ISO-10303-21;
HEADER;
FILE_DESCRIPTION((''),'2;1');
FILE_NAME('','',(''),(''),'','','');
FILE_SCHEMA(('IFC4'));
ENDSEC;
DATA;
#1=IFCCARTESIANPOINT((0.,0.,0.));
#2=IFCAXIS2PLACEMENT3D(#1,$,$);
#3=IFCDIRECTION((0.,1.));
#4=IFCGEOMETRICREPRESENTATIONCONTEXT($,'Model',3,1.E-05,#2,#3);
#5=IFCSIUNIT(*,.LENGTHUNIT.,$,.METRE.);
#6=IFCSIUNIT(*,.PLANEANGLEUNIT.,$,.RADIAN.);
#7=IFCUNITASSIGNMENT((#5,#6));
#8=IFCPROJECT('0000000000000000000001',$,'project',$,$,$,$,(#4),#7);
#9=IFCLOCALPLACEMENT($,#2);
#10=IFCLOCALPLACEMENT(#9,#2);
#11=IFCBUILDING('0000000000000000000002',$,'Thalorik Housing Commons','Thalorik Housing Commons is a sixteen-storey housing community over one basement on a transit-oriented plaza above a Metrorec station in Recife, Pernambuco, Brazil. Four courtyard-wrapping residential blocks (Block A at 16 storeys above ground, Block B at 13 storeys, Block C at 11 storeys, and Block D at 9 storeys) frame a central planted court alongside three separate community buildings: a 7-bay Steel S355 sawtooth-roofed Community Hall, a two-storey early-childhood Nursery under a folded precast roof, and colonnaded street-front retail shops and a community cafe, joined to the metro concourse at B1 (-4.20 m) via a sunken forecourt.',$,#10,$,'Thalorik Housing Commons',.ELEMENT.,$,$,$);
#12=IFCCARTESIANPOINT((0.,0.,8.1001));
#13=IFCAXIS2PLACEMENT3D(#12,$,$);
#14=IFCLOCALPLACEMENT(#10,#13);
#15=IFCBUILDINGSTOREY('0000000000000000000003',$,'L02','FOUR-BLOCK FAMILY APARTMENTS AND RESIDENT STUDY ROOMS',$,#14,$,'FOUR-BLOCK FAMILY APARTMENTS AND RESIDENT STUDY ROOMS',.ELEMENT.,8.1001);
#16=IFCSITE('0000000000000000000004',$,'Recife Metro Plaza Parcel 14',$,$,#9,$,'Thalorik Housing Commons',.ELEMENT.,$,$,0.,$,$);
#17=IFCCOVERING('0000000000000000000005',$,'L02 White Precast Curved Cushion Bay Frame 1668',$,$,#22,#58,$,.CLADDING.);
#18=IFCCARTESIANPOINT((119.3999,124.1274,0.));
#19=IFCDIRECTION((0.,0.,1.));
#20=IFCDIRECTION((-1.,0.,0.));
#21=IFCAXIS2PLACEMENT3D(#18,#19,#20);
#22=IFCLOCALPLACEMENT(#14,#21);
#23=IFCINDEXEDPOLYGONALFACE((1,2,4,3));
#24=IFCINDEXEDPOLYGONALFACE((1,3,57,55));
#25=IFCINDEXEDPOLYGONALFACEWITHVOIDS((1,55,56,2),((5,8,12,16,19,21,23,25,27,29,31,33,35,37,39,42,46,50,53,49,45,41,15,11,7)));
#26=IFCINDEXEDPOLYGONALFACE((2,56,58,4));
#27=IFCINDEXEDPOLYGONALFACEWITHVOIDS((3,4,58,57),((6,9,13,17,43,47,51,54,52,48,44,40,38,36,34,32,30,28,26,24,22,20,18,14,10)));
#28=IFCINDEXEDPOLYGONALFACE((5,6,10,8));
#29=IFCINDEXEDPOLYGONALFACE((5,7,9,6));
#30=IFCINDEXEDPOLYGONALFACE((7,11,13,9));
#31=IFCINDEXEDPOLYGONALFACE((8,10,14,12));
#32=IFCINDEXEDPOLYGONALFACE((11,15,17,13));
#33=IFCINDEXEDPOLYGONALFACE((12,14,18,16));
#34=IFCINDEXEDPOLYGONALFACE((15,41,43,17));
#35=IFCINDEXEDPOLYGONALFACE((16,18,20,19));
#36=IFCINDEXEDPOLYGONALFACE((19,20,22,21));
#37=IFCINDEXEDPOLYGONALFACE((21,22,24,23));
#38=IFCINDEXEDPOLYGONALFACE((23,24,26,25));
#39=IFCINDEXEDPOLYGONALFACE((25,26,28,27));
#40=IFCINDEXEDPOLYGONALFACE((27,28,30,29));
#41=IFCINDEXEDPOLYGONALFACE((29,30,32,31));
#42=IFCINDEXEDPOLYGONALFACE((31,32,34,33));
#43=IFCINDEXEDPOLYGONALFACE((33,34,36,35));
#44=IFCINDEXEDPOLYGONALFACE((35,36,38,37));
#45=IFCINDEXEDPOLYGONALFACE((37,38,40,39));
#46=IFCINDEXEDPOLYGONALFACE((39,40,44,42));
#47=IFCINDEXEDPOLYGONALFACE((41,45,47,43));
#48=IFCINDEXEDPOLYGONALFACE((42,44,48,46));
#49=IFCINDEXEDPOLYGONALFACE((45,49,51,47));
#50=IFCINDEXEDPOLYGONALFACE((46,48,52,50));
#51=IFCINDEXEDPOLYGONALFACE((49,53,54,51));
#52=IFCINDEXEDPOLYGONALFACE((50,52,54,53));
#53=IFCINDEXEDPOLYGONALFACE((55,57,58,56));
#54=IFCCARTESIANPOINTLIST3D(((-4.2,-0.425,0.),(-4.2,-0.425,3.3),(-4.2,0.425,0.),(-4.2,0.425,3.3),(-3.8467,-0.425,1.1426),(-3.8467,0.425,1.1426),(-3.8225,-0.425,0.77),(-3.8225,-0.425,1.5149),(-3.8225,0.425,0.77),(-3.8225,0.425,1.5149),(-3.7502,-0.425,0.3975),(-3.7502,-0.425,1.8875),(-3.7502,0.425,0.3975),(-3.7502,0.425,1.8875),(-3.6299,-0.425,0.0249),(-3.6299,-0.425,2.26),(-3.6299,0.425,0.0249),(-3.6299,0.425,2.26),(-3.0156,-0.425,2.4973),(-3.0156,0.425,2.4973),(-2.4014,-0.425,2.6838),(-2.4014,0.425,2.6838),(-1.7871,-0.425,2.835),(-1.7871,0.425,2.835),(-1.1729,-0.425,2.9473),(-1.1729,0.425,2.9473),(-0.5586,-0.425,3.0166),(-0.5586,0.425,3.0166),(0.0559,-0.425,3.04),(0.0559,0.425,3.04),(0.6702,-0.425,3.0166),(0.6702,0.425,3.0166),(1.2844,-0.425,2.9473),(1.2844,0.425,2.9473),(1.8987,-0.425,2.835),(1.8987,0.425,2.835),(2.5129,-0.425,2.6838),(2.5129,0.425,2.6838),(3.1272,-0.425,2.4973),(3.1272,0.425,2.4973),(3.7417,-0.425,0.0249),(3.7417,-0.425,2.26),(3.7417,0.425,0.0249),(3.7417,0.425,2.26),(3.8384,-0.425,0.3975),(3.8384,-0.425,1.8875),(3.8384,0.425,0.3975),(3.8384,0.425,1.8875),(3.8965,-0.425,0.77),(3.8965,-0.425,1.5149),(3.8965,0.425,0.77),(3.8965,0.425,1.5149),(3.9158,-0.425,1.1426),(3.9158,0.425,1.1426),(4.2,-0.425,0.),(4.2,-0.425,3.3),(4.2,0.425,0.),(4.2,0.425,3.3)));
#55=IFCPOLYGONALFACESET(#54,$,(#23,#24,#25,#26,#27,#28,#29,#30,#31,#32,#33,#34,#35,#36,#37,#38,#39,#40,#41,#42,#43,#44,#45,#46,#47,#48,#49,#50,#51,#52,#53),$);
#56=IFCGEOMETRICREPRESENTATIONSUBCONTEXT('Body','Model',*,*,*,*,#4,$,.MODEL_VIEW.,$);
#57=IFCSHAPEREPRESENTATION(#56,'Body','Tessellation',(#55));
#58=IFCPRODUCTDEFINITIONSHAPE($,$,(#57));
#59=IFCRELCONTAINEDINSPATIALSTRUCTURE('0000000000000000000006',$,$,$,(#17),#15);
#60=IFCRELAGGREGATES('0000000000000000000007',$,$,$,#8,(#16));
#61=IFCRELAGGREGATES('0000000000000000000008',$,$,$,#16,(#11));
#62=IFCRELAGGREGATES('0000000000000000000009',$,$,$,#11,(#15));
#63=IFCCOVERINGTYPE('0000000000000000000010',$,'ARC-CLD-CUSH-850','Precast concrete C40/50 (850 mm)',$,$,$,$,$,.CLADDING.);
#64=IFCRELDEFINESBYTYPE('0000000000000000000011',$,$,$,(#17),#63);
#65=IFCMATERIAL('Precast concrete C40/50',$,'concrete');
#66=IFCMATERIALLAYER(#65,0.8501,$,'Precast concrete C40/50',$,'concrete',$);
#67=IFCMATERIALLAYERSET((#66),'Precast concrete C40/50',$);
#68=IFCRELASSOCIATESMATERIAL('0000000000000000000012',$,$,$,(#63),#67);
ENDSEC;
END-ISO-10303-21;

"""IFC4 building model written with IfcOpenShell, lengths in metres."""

from ifc_helpers import new_model, si_unit, direction, frame, origin, place, context, subcontext, project, spatial, polyline, outline, extrude, material, layer, layer_set, type_object, element, save


model = new_model("IFC4")

# Units and contexts
model_context = context("Model", 3, precision=1e-05, world=origin(), true_north=direction((0.0, 1.0)))
body_context = subcontext(model_context, "Body", "Model", "MODEL_VIEW")
ifc_project = project(units=[si_unit("LENGTHUNIT", "METRE"), si_unit("PLANEANGLEUNIT", "RADIAN")], contexts=[model_context])

# Site, building, storey
site_placement = place(None, origin())
site = spatial("IfcSite", under=ifc_project, at=site_placement, Name="Recife Metro Plaza Parcel 14", LongName="Thalorik Housing Commons", CompositionType="ELEMENT", RefElevation=0.0)
building_placement = place(site_placement, origin())
building = spatial("IfcBuilding", under=site, at=building_placement, Name="Thalorik Housing Commons", Description="Thalorik Housing Commons is a sixteen-storey housing community over one basement on a transit-oriented plaza above a Metrorec station in Recife, Pernambuco, Brazil. Four courtyard-wrapping residential blocks (Block A at 16 storeys above ground, Block B at 13 storeys, Block C at 11 storeys, and Block D at 9 storeys) frame a central planted court alongside three separate community buildings: a 7-bay Steel S355 sawtooth-roofed Community Hall, a two-storey early-childhood Nursery under a folded precast roof, and colonnaded street-front retail shops and a community cafe, joined to the metro concourse at B1 (-4.20 m) via a sunken forecourt.", LongName="Thalorik Housing Commons", CompositionType="ELEMENT")
storey_placement = place(building_placement, frame((0.0, 0.0, 8.1001)))
storey = spatial("IfcBuildingStorey", under=building, at=storey_placement, Name="L02", Description="FOUR-BLOCK FAMILY APARTMENTS AND RESIDENT STUDY ROOMS", LongName="FOUR-BLOCK FAMILY APARTMENTS AND RESIDENT STUDY ROOMS", CompositionType="ELEMENT", Elevation=8.1001)

# Shared definitions
ifc_material_1 = material(Name="Precast concrete C40/50", Category="concrete")

# Covering
ifc_layer_1 = layer(ifc_material_1, 0.8501, Name="Precast concrete C40/50", Category="concrete")
ifc_layer_set_1 = layer_set([ifc_layer_1], Name="Precast concrete C40/50")
covering_type_1 = type_object("IfcCoveringType", Name="ARC-CLD-CUSH-850", Description="Precast concrete C40/50 (850 mm)", PredefinedType="CLADDING", material=ifc_layer_set_1)
covering_1_placement = place(storey_placement, frame((119.3999, 124.1274, 0.0), z_axis=(0.0, 0.0, 1.0), x_axis=(-1.0, 0.0, 0.0)))
element("IfcCovering", 1, at=covering_1_placement, inside=storey, type_object=covering_type_1, Name="L02 White Precast Curved Cushion Bay Frame 1668", PredefinedType="CLADDING", context=body_context, shape_type="SweptSolid", body=[
    extrude(outline(polyline([(-4.2, 0.0), (4.2, 0.0), (4.2, 3.3), (-4.2, 3.3), (-4.2, 0.0)]), holes=[polyline([(3.7417, 0.0249), (3.8384, 0.3975), (3.8965, 0.77), (3.9158, 1.1426), (3.8965, 1.5149), (3.8384, 1.8875), (3.7417, 2.26), (3.1272, 2.4973), (2.5129, 2.6838), (1.8987, 2.835), (1.2844, 2.9473), (0.6702, 3.0166), (0.0559, 3.04), (-0.5586, 3.0166), (-1.1729, 2.9473), (-1.7871, 2.835), (-2.4014, 2.6838), (-3.0156, 2.4973), (-3.6299, 2.26), (-3.7502, 1.8875), (-3.8225, 1.5149), (-3.8467, 1.1426), (-3.8225, 0.77), (-3.7502, 0.3975), (-3.6299, 0.0249), (3.7417, 0.0249)])]), frame((0.0, 0.425, 0.0), z_axis=(0.0, -1.0, 0.0), x_axis=(1.0, 0.0, 0.0)), (0.0, 0.0, 1.0), 0.8501),
])

save(model, "model.ifc")
